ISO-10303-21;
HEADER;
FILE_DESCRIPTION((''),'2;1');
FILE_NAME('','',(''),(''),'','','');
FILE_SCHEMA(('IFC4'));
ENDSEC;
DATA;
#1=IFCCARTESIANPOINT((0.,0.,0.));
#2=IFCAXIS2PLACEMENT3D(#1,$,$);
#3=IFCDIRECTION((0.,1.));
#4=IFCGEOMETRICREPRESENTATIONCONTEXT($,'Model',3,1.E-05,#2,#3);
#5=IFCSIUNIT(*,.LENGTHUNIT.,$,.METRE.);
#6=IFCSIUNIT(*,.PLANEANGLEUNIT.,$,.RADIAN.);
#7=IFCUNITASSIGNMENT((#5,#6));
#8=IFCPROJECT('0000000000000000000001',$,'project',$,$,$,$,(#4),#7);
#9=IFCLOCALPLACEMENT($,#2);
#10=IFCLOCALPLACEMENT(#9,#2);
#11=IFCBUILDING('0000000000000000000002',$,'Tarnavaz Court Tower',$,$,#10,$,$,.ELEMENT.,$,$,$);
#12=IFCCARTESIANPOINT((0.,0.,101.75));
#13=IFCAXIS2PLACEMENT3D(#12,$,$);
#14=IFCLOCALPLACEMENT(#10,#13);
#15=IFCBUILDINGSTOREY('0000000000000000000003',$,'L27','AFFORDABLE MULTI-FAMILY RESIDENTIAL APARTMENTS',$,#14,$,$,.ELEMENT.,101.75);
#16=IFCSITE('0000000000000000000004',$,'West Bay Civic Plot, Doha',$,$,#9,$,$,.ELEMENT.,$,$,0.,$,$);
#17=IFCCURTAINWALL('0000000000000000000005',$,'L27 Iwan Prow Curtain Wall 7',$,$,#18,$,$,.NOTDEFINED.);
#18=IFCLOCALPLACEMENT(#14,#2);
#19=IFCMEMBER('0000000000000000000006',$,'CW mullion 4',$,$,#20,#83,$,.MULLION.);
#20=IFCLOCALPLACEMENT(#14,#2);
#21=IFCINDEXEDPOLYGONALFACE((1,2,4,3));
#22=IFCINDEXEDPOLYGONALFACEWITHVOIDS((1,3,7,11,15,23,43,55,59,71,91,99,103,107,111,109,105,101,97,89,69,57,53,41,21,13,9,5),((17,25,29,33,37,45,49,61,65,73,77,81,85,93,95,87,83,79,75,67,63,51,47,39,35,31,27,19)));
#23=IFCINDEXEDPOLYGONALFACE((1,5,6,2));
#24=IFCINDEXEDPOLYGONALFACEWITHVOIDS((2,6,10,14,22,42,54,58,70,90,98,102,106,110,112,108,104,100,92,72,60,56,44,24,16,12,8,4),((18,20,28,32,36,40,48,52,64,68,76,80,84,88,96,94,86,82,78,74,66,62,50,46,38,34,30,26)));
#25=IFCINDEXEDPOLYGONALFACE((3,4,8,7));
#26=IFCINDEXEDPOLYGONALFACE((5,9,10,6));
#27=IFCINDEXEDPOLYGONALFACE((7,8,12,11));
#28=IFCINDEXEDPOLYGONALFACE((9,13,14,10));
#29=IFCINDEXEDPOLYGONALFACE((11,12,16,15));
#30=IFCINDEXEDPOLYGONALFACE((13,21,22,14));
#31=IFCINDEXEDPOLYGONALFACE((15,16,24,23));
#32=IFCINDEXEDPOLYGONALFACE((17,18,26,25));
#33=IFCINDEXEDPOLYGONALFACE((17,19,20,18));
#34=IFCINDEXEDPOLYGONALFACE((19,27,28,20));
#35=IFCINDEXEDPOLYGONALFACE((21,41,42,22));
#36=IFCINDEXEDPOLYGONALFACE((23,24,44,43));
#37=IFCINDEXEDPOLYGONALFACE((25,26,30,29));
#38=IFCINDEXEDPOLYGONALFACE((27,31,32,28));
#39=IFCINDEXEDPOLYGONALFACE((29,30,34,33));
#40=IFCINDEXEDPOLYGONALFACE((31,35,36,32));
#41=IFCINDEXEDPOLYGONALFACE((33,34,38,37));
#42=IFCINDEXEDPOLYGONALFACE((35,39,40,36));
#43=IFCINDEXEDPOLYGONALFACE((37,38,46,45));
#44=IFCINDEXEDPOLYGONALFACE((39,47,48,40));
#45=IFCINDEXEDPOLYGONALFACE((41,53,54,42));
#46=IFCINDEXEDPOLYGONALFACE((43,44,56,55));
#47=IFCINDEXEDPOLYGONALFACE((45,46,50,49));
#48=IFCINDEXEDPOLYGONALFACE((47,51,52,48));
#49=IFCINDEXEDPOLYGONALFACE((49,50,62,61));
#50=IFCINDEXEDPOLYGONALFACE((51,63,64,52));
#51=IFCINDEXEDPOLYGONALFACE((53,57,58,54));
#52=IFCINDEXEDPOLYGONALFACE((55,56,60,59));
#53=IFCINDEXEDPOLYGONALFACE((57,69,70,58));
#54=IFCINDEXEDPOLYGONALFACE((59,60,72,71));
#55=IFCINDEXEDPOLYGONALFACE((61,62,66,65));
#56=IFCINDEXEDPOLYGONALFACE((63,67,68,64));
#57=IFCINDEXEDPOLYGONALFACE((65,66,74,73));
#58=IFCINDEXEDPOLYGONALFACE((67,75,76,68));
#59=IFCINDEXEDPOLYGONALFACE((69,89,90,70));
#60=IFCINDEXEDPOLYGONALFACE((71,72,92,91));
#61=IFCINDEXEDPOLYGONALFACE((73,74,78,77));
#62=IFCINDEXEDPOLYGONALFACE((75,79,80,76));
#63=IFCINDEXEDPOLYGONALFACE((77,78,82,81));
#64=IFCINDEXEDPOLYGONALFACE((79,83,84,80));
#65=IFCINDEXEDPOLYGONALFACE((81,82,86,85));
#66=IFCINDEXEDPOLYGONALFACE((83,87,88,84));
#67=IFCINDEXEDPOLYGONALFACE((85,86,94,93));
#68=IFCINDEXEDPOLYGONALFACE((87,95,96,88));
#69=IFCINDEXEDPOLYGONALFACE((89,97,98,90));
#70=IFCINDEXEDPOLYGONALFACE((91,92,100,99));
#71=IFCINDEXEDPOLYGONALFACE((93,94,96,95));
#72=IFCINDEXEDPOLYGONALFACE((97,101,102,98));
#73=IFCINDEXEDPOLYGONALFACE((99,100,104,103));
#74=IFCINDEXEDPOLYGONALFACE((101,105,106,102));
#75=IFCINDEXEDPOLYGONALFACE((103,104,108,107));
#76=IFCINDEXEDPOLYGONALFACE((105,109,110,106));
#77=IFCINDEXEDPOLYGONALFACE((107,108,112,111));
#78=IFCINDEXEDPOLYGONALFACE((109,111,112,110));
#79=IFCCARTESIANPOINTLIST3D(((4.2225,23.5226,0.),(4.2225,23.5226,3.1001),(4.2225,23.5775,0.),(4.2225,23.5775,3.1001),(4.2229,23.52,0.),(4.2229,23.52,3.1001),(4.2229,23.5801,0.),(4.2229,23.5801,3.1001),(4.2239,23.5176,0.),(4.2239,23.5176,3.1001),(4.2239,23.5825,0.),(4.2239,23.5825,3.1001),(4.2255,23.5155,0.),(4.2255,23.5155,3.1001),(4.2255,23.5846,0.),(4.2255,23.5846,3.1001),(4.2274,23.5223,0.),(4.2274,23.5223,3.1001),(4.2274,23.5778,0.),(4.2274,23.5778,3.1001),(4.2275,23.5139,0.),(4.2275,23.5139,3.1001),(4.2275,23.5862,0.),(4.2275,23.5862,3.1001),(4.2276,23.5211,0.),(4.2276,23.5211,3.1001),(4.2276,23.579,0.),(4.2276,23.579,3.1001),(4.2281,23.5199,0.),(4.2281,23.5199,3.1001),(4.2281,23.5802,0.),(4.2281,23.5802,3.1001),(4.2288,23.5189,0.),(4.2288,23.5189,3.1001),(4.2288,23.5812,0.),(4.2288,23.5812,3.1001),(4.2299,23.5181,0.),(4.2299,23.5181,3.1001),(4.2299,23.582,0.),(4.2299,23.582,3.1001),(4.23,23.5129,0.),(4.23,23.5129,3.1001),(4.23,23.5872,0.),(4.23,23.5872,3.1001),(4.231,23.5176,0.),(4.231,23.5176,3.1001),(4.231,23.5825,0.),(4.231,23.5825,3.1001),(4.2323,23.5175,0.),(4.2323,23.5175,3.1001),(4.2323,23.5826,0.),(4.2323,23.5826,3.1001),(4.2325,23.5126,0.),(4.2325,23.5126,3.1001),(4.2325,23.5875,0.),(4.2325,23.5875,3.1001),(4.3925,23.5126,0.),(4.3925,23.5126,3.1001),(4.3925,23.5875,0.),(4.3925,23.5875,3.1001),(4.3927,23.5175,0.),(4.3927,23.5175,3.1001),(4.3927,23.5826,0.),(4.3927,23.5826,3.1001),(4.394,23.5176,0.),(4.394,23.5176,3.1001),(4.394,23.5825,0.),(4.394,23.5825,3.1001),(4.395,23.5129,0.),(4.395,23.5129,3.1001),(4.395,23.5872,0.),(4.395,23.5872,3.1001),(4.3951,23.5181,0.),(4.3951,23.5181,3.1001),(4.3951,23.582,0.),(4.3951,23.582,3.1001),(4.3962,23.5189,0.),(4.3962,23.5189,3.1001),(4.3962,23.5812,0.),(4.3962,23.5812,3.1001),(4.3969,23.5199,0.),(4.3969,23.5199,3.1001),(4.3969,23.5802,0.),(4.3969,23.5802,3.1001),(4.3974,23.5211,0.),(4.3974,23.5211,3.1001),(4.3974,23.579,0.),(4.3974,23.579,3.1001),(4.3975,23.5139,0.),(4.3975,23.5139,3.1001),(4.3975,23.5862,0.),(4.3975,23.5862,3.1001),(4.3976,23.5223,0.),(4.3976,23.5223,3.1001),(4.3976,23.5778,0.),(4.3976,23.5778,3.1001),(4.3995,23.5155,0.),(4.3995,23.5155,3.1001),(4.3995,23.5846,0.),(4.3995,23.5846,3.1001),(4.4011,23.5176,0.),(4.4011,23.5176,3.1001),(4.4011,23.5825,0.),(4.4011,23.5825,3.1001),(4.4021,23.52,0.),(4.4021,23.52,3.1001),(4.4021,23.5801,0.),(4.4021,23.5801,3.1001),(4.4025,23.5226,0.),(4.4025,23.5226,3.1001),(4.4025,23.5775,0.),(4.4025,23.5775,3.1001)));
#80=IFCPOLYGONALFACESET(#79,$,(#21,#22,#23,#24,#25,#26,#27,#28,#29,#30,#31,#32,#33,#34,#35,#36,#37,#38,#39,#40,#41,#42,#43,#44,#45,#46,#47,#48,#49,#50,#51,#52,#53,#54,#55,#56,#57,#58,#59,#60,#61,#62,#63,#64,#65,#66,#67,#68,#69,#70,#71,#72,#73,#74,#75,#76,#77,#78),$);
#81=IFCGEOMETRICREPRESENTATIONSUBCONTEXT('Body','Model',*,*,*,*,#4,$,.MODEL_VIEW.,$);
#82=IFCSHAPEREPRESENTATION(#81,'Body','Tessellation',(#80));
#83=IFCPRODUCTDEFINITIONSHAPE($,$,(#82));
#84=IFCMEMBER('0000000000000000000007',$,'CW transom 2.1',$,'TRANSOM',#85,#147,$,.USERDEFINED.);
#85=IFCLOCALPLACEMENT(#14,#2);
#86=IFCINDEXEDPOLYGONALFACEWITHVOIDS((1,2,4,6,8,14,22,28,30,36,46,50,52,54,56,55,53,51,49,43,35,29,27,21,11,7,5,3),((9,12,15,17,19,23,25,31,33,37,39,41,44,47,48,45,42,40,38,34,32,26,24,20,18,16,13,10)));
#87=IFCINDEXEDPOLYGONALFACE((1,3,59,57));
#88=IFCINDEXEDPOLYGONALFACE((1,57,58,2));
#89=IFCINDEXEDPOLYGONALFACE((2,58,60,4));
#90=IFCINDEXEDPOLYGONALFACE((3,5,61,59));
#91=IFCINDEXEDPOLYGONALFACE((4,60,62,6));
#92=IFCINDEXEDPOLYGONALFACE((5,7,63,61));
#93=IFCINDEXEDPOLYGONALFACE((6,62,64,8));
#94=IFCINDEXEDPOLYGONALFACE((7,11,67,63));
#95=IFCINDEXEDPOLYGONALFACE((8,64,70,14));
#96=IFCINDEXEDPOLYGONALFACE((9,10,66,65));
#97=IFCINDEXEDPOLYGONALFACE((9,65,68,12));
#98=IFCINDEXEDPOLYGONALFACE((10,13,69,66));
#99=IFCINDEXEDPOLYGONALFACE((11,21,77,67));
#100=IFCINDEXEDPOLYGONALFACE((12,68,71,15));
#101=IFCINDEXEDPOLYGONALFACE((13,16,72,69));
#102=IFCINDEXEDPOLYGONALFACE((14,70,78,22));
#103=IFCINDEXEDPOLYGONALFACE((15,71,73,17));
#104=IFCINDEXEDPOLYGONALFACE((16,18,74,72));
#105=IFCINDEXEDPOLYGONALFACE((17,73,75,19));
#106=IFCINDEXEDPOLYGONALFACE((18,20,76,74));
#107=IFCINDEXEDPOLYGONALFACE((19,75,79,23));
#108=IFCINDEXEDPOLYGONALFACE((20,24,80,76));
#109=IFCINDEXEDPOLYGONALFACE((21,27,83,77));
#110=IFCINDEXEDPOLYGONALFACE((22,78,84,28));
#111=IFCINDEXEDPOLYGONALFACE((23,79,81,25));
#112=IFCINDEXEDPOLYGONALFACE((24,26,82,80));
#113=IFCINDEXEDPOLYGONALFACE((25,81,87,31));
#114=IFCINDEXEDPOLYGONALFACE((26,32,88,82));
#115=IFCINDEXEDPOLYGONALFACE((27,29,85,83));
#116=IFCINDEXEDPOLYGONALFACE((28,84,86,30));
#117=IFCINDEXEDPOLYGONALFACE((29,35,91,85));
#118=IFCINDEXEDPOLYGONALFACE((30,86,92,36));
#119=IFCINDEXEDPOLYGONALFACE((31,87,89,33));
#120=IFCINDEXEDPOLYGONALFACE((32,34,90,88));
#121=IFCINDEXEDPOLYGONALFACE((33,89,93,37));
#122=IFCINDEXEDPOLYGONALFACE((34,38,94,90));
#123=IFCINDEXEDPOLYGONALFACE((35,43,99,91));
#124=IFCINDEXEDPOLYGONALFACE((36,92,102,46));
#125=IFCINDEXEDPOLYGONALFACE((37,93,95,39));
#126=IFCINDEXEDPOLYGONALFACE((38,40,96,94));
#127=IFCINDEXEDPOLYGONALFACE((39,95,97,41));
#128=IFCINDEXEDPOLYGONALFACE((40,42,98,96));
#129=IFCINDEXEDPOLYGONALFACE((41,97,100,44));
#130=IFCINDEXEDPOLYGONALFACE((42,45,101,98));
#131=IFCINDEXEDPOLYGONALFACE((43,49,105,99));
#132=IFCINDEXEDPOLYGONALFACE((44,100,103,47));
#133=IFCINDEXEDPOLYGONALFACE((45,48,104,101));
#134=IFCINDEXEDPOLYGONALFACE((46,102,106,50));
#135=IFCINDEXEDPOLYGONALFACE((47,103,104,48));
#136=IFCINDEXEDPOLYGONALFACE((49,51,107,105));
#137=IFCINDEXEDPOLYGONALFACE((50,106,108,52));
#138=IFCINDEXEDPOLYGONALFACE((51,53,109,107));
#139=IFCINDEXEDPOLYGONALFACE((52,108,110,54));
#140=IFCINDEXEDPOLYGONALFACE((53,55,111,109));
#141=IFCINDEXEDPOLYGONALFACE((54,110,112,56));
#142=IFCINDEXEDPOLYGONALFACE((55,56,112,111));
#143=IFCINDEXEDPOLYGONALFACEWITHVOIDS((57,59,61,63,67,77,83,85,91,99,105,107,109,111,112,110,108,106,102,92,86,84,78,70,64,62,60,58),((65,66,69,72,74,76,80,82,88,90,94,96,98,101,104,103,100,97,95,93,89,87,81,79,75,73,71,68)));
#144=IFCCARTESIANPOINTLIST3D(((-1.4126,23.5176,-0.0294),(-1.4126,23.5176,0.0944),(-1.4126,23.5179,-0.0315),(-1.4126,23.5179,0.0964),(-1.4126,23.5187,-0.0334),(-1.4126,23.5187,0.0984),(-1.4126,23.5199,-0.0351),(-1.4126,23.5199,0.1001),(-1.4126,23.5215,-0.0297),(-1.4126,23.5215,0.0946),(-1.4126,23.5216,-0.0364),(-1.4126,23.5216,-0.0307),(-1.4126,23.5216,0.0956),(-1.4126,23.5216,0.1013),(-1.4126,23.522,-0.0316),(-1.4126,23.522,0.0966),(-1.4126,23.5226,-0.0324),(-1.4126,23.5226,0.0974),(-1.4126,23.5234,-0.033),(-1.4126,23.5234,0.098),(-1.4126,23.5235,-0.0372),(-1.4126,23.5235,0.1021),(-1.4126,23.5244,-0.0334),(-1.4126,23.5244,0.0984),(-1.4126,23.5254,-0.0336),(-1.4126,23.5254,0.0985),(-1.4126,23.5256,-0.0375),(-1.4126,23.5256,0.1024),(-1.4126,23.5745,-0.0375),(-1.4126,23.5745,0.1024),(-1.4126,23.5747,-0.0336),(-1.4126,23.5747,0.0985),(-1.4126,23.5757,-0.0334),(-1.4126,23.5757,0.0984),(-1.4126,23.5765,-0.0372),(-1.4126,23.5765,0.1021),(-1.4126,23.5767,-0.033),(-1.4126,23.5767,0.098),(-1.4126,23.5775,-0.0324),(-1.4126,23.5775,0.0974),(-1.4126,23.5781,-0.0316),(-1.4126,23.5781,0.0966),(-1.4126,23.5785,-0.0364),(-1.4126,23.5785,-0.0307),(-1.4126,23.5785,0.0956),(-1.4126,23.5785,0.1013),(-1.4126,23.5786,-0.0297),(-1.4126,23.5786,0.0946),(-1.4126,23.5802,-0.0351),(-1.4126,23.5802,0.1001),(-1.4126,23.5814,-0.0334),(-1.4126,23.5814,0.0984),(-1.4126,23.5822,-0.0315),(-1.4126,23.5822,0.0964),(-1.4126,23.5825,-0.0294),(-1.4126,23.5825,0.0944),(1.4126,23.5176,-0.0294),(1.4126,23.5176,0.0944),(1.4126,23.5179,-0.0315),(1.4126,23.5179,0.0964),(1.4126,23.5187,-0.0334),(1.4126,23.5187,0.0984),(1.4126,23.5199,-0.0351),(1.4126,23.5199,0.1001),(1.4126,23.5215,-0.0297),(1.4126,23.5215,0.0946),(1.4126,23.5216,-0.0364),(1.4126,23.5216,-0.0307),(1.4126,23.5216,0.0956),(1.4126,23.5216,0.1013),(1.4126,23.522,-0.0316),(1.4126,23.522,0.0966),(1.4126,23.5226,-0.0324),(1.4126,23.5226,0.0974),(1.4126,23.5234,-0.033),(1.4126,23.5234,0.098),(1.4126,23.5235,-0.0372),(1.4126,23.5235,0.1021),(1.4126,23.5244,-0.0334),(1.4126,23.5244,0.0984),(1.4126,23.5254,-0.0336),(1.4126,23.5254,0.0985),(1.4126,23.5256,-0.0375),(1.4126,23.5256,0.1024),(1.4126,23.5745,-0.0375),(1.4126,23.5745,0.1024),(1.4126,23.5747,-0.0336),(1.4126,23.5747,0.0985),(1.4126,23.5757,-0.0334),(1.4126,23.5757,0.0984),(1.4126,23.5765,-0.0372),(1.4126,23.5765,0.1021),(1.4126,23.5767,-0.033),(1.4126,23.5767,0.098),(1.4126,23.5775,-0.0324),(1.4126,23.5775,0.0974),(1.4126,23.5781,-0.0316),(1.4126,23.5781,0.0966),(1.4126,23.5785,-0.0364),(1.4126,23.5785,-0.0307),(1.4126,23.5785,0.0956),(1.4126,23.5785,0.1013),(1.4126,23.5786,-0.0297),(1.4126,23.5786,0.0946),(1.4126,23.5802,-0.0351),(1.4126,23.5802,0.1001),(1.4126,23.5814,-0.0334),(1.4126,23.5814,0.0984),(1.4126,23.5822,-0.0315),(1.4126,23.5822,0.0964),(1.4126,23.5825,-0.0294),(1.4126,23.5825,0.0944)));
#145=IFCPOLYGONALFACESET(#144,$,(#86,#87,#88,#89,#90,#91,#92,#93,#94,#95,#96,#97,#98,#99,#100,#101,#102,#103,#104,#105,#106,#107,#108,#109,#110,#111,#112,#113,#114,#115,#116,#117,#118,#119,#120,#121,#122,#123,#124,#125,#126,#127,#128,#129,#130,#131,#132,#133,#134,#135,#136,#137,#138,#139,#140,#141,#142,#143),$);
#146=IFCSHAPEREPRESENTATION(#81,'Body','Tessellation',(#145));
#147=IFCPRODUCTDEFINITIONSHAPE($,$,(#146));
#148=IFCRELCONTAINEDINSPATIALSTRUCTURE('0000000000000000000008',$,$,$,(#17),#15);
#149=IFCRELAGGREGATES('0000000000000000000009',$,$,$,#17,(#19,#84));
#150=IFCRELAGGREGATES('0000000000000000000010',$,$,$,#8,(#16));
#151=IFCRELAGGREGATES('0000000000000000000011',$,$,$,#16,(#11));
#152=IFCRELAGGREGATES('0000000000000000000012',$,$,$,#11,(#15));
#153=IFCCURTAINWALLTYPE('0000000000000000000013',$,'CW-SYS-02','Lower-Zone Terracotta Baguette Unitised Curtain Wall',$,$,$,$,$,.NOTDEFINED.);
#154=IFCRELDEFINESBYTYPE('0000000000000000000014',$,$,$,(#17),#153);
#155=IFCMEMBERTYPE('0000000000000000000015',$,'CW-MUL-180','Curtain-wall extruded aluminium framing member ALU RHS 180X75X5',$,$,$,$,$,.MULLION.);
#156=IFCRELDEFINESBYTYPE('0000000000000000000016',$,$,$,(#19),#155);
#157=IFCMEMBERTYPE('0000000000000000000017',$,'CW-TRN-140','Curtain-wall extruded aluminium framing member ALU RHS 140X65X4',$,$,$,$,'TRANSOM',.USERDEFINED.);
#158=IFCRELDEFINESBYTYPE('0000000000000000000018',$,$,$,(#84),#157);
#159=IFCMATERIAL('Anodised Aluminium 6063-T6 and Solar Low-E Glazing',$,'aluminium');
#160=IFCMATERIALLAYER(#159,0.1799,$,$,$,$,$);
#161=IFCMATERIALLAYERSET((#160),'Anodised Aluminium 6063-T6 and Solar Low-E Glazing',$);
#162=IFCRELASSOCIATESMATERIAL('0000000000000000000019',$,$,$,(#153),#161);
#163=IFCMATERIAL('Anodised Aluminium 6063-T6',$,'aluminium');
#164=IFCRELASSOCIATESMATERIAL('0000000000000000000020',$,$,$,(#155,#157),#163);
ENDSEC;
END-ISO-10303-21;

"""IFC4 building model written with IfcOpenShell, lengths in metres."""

from ifc_helpers import new_model, si_unit, direction, frame, origin, origin_2d, place, context, subcontext, project, spatial, hollow_rectangle, extrude, material, layer, layer_set, material_profile, profile_set, type_object, element, aggregate, save


model = new_model("IFC4")

# Units and contexts
model_context = context("Model", 3, precision=1e-05, world=origin(), true_north=direction((0.0, 1.0)))
body_context = subcontext(model_context, "Body", "Model", "MODEL_VIEW")
ifc_project = project(units=[si_unit("LENGTHUNIT", "METRE"), si_unit("PLANEANGLEUNIT", "RADIAN")], contexts=[model_context])

# Site, building, storey
site_placement = place(None, origin())
site = spatial("IfcSite", under=ifc_project, at=site_placement, Name="West Bay Civic Plot, Doha", CompositionType="ELEMENT", RefElevation=0.0)
building_placement = place(site_placement, origin())
building = spatial("IfcBuilding", under=site, at=building_placement, Name="Tarnavaz Court Tower", CompositionType="ELEMENT")
storey_placement = place(building_placement, frame((0.0, 0.0, 101.75)))
storey = spatial("IfcBuildingStorey", under=building, at=storey_placement, Name="L27", Description="AFFORDABLE MULTI-FAMILY RESIDENTIAL APARTMENTS", CompositionType="ELEMENT", Elevation=101.75)

# Curtain wall, members
ifc_material_1 = material(Name="Anodised Aluminium 6063-T6 and Solar Low-E Glazing", Category="aluminium")
ifc_layer_1 = layer(ifc_material_1, 0.1799)
ifc_layer_set_1 = layer_set([ifc_layer_1], Name="Anodised Aluminium 6063-T6 and Solar Low-E Glazing")
curtain_wall_type = type_object("IfcCurtainWallType", Name="CW-SYS-02", Description="Lower-Zone Terracotta Baguette Unitised Curtain Wall", PredefinedType="NOTDEFINED", material=ifc_layer_set_1)
curtain_wall_placement = place(storey_placement, origin())
curtain_wall = element("IfcCurtainWall", 1, at=curtain_wall_placement, inside=storey, type_object=curtain_wall_type, Name="L27 Iwan Prow Curtain Wall 7", PredefinedType="NOTDEFINED")
ifc_material_2 = material(Name="Anodised Aluminium 6063-T6", Category="aluminium")
ifc_material_profile_1 = material_profile(ifc_material_2, hollow_rectangle(XDim=0.075, YDim=0.1799, WallThickness=0.0049, InnerFilletRadius=0.0049, OuterFilletRadius=0.01, at=origin_2d()), Name="ALU RHS 180X75X5")
ifc_profile_set_1 = profile_set([ifc_material_profile_1], Name="Anodised Aluminium 6063-T6")
member_type_1 = type_object("IfcMemberType", Name="CW-MUL-180", Description="Curtain-wall extruded aluminium framing member ALU RHS 180X75X5", PredefinedType="MULLION", material=ifc_profile_set_1)
member_1_placement = place(storey_placement, frame((4.3125, 23.55, 0.0), z_axis=(0.0, 0.0, 1.0), x_axis=(0.0, 1.0, 0.0)))
member_1 = element("IfcMember", 2, at=member_1_placement, type_object=member_type_1, Name="CW mullion 4", PredefinedType="MULLION", context=body_context, shape_type="SweptSolid", body=[
    extrude(hollow_rectangle(XDim=0.075, YDim=0.1799, WallThickness=0.0049, InnerFilletRadius=0.0049, OuterFilletRadius=0.01, at=origin_2d()), origin(), (0.0, 0.0, 1.0), 3.1001),
])
ifc_material_profile_2 = material_profile(ifc_material_2, hollow_rectangle(XDim=0.0649, YDim=0.1399, WallThickness=0.0039, InnerFilletRadius=0.0039, OuterFilletRadius=0.0081, at=origin_2d()), Name="ALU RHS 140X65X4")
ifc_profile_set_2 = profile_set([ifc_material_profile_2], Name="Anodised Aluminium 6063-T6")
member_type_2 = type_object("IfcMemberType", Name="CW-TRN-140", Description="Curtain-wall extruded aluminium framing member ALU RHS 140X65X4", ElementType="TRANSOM", PredefinedType="USERDEFINED", material=ifc_profile_set_2)
member_2_placement = place(storey_placement, frame((-1.4126, 23.55, 0.0325), z_axis=(1.0, 0.0, 0.0), x_axis=(0.0, 1.0, 0.0)))
member_2 = element("IfcMember", 3, at=member_2_placement, type_object=member_type_2, Name="CW transom 2.1", ObjectType="TRANSOM", PredefinedType="USERDEFINED", context=body_context, shape_type="SweptSolid", body=[
    extrude(hollow_rectangle(XDim=0.0649, YDim=0.1399, WallThickness=0.0039, InnerFilletRadius=0.0039, OuterFilletRadius=0.0081, at=origin_2d()), origin(), (0.0, 0.0, 1.0), 2.8252),
])
aggregate(curtain_wall, [member_1, member_2])

save(model, "model.ifc")
